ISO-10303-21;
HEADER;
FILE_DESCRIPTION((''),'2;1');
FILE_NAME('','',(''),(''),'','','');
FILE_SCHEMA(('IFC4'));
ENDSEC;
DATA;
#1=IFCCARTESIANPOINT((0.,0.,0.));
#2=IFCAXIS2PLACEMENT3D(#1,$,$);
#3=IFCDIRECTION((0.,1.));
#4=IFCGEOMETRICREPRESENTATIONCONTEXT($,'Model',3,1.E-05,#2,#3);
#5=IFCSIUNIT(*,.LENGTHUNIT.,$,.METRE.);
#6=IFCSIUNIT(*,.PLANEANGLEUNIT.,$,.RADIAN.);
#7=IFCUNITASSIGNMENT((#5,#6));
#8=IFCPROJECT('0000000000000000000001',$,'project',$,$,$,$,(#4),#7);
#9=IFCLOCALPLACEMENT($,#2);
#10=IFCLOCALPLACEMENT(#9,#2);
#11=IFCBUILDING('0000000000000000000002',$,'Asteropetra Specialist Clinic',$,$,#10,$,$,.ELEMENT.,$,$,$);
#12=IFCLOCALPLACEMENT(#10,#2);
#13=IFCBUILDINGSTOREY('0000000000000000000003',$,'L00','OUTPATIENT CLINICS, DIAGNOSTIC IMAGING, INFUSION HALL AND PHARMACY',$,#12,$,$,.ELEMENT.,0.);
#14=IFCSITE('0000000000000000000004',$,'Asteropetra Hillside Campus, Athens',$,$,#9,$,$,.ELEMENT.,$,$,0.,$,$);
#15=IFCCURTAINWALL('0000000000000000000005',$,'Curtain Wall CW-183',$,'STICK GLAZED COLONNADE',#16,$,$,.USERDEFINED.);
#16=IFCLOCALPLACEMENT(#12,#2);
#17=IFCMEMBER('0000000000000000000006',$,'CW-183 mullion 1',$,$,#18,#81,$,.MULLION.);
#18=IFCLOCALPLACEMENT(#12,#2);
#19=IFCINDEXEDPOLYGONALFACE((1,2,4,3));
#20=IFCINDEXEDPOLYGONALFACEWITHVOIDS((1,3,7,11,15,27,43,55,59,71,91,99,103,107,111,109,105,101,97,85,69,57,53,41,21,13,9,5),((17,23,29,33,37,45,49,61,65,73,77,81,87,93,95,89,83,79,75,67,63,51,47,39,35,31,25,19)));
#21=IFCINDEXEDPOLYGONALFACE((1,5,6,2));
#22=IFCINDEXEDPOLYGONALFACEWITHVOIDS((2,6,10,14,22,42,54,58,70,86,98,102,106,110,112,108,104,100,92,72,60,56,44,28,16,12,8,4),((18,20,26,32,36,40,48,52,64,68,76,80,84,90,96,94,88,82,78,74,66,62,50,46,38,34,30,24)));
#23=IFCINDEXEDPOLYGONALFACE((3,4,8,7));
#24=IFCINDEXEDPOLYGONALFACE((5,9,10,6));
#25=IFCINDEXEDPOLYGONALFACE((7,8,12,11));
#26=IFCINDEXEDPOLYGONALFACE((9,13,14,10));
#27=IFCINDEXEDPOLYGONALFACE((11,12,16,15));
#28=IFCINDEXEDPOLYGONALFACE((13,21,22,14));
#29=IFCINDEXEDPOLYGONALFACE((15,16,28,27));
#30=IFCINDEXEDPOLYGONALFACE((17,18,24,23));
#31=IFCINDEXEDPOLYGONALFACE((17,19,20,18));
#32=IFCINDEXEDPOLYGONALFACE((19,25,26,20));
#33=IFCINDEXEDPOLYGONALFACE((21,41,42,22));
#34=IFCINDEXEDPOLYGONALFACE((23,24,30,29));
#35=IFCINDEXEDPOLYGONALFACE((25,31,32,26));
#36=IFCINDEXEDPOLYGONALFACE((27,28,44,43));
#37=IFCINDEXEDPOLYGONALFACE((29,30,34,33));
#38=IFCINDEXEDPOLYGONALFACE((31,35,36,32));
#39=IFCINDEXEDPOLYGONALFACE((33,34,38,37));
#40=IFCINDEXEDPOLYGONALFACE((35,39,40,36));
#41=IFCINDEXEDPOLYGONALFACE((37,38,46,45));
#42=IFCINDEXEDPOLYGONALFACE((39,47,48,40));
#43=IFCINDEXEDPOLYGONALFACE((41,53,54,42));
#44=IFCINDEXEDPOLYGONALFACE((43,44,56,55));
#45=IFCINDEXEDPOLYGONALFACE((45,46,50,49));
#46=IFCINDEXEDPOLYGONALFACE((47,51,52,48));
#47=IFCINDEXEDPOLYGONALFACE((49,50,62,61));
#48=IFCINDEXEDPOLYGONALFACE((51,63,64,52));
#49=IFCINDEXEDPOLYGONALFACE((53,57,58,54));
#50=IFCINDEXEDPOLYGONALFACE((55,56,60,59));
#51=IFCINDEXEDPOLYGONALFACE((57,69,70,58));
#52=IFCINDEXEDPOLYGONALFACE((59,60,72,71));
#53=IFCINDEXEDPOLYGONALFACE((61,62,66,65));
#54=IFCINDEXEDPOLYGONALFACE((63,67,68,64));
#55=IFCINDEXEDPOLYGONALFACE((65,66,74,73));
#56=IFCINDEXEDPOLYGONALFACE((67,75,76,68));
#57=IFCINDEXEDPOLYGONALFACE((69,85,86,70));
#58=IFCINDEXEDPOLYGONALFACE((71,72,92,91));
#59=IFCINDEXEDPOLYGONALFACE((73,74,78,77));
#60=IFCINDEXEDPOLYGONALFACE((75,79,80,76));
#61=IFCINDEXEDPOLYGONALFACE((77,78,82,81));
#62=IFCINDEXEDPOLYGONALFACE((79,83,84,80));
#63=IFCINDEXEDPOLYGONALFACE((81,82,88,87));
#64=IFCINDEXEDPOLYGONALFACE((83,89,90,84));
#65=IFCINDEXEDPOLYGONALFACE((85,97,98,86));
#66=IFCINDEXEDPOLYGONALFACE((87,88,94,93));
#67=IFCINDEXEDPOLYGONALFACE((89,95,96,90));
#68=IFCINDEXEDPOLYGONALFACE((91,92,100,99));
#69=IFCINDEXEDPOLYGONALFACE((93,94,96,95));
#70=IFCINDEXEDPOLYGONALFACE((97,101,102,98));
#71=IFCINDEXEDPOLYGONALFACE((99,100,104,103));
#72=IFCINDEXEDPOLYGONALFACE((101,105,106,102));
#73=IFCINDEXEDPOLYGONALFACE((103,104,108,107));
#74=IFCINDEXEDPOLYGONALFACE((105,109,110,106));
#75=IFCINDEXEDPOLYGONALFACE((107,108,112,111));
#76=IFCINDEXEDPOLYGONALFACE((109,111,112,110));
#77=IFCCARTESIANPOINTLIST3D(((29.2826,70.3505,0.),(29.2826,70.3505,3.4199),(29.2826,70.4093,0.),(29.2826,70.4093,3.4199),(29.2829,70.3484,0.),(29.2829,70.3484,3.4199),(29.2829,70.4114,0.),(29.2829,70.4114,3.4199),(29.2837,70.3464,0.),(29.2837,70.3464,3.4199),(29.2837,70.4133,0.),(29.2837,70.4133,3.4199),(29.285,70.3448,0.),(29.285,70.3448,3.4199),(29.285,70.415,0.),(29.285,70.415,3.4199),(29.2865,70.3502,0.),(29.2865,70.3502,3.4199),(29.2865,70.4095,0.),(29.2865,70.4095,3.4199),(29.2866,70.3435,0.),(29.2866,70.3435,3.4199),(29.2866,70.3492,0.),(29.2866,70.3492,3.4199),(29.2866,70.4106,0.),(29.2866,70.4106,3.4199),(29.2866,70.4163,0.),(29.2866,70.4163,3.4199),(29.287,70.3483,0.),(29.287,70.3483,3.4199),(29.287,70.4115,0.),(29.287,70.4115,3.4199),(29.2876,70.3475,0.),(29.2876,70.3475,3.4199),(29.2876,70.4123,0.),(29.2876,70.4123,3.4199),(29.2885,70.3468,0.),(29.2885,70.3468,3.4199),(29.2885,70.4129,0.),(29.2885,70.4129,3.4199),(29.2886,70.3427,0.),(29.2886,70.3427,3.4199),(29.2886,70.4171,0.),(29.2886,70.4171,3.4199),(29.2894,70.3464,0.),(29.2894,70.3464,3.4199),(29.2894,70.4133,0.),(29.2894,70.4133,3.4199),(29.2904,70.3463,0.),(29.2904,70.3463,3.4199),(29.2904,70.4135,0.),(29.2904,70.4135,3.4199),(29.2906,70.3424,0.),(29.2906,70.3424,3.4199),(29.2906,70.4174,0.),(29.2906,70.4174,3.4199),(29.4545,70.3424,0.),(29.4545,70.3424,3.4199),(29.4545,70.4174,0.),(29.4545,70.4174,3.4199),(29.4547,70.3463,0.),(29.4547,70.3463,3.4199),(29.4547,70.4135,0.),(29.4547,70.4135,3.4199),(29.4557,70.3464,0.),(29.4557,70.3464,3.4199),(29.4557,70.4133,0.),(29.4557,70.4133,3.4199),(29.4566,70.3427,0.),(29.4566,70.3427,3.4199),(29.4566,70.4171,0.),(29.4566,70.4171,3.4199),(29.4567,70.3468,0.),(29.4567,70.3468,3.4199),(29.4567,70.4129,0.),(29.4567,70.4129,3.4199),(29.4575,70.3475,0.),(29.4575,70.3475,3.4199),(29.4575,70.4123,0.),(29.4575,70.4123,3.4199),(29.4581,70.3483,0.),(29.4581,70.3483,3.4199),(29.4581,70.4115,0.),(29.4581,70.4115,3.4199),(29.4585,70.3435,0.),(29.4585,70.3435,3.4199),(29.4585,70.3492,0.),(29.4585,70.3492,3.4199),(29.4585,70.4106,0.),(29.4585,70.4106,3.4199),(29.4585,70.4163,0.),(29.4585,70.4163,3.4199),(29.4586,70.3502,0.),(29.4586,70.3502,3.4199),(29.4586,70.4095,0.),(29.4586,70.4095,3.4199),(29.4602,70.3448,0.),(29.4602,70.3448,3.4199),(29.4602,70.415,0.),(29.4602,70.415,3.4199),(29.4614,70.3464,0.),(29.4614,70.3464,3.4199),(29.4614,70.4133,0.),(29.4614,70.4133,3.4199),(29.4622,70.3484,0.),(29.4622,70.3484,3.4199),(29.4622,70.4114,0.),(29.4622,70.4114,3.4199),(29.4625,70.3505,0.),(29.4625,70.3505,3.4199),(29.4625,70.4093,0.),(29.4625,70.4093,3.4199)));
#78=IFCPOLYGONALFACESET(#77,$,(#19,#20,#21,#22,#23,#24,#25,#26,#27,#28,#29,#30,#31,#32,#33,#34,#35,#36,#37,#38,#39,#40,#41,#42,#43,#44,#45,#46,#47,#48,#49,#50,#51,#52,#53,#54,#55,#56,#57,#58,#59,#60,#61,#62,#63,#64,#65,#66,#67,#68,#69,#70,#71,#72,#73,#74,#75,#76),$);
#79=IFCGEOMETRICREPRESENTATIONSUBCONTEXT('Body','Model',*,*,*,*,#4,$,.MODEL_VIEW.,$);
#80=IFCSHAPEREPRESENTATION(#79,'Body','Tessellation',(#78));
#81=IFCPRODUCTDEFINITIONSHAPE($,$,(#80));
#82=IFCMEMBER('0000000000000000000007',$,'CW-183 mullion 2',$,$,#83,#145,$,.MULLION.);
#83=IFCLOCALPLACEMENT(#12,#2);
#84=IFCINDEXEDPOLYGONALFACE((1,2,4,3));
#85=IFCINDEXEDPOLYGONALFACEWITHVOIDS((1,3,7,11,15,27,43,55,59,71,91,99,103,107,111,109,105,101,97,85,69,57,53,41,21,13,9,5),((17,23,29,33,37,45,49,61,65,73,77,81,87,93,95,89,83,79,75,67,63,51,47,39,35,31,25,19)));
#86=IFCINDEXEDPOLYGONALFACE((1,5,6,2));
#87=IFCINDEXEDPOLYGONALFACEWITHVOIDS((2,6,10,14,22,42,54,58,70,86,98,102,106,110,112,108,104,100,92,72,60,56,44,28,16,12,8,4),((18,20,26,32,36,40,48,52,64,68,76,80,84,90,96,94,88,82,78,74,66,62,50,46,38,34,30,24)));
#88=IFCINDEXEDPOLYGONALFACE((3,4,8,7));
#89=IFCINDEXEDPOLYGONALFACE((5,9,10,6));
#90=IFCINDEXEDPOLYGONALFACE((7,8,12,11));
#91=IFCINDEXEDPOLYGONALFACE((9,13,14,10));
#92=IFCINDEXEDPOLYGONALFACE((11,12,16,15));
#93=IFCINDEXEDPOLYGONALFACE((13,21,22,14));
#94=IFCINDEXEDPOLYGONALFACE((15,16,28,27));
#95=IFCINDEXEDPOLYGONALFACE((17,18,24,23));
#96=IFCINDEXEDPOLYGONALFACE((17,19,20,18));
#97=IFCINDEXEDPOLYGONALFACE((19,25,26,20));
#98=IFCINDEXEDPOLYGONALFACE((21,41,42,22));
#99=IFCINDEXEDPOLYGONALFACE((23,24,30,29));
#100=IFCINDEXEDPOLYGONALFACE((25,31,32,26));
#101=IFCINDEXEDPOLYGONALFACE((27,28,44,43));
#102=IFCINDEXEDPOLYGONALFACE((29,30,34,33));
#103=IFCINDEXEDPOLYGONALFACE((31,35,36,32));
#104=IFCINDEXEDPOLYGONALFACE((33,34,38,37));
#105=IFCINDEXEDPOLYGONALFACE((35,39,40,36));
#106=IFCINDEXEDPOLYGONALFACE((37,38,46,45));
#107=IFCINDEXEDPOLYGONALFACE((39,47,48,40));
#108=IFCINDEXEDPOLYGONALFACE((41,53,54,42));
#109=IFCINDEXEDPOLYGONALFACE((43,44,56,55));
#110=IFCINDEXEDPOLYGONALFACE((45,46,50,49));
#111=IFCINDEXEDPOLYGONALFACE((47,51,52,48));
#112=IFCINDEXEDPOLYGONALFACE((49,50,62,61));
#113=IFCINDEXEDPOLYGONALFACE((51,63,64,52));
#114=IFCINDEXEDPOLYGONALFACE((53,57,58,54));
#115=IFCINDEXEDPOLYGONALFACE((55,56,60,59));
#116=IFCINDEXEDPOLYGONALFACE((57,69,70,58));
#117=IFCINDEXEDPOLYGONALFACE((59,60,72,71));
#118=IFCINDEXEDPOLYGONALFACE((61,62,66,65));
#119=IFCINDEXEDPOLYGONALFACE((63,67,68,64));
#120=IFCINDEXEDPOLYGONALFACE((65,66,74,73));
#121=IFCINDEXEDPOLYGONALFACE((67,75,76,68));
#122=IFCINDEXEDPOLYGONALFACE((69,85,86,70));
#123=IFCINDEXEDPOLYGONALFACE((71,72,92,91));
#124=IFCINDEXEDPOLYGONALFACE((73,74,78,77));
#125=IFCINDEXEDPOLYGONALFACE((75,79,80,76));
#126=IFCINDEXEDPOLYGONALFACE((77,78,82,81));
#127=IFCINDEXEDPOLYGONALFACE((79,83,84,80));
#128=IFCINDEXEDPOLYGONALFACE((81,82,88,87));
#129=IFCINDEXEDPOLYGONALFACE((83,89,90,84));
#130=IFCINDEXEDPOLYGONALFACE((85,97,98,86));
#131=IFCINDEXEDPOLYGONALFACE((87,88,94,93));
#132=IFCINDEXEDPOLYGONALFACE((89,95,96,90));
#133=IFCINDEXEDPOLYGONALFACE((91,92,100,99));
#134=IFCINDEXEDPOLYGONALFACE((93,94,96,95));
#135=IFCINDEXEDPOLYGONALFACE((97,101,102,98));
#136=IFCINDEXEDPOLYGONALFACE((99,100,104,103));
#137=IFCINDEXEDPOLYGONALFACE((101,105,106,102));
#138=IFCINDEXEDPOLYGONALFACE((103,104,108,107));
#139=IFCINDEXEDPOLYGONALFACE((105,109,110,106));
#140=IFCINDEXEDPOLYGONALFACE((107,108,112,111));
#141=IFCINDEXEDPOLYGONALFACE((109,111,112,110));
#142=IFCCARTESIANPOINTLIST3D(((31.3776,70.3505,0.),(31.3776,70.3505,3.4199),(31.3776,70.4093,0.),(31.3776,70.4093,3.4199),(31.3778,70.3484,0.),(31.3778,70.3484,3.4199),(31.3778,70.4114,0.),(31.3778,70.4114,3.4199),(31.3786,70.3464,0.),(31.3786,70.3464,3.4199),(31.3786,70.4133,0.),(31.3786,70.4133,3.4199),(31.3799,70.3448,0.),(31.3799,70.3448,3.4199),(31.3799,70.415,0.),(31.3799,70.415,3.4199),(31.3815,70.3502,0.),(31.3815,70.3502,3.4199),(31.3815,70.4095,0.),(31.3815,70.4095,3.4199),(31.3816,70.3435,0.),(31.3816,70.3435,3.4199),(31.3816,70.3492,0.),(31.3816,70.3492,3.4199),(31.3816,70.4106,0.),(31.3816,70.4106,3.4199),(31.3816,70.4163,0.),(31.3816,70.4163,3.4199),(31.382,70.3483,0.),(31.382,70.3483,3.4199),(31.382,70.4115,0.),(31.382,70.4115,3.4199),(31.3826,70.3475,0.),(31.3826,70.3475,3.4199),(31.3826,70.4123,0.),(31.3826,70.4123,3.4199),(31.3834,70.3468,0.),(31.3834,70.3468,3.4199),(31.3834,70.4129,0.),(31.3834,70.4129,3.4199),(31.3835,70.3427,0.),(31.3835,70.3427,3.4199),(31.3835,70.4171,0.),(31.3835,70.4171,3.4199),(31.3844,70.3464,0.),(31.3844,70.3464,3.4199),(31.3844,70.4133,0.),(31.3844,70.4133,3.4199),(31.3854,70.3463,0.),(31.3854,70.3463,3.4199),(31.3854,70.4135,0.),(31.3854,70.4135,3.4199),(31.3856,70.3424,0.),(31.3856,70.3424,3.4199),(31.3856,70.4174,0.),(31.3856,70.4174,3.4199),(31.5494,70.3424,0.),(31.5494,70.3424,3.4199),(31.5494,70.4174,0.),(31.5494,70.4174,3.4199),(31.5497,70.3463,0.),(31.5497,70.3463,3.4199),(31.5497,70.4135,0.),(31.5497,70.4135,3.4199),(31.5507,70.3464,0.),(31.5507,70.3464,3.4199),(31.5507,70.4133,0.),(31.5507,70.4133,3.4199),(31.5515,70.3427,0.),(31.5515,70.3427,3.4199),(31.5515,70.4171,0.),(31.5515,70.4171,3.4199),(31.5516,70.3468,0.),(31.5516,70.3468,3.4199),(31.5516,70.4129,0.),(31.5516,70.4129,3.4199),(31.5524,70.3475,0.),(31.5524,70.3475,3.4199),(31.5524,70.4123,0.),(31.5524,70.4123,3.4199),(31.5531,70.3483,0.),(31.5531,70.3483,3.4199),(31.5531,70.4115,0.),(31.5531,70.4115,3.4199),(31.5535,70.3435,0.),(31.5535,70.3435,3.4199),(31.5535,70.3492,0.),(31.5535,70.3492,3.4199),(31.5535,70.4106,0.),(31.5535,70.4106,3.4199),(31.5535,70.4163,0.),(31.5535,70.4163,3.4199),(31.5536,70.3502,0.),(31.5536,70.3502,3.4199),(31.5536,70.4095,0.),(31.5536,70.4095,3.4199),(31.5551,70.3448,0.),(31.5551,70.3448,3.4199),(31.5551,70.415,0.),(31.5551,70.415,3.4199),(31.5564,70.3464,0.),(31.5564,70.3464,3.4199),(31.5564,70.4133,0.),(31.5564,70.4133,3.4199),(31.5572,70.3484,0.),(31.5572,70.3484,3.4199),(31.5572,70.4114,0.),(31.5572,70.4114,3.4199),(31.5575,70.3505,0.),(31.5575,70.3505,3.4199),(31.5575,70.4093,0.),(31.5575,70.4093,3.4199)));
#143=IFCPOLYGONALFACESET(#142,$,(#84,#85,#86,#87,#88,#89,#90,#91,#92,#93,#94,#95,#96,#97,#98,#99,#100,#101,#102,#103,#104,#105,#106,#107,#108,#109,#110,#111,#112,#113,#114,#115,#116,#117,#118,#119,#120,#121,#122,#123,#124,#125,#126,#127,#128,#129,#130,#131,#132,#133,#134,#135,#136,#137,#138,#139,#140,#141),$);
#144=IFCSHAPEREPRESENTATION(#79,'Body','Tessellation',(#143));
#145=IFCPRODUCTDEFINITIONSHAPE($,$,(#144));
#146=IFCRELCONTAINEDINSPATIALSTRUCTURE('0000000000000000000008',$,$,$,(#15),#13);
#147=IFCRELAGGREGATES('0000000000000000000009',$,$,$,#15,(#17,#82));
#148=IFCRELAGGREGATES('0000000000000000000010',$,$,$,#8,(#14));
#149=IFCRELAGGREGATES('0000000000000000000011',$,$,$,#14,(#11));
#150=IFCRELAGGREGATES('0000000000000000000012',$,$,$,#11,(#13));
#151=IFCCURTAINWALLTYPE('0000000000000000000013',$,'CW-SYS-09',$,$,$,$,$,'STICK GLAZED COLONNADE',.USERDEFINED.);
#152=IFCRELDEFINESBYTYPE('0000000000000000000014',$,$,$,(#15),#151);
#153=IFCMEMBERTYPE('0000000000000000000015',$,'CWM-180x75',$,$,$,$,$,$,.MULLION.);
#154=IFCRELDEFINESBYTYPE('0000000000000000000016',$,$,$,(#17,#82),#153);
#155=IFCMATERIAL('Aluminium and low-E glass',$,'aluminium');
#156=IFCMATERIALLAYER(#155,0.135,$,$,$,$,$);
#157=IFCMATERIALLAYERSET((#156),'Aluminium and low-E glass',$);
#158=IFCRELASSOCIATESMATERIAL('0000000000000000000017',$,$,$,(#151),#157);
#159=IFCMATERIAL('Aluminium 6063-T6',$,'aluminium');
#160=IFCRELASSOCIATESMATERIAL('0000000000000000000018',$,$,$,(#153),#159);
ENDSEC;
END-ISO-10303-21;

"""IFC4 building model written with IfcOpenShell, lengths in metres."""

from ifc_helpers import new_model, si_unit, direction, frame, origin, origin_2d, place, context, subcontext, project, spatial, hollow_rectangle, extrude, material, layer, layer_set, material_profile, profile_set, type_object, element, aggregate, save


model = new_model("IFC4")

# Units and contexts
model_context = context("Model", 3, precision=1e-05, world=origin(), true_north=direction((0.0, 1.0)))
body_context = subcontext(model_context, "Body", "Model", "MODEL_VIEW")
ifc_project = project(units=[si_unit("LENGTHUNIT", "METRE"), si_unit("PLANEANGLEUNIT", "RADIAN")], contexts=[model_context])

# Site, building, storey
site_placement = place(None, origin())
site = spatial("IfcSite", under=ifc_project, at=site_placement, Name="Asteropetra Hillside Campus, Athens", CompositionType="ELEMENT", RefElevation=0.0)
building_placement = place(site_placement, origin())
building = spatial("IfcBuilding", under=site, at=building_placement, Name="Asteropetra Specialist Clinic", CompositionType="ELEMENT")
storey_placement = place(building_placement, origin())
storey = spatial("IfcBuildingStorey", under=building, at=storey_placement, Name="L00", Description="OUTPATIENT CLINICS, DIAGNOSTIC IMAGING, INFUSION HALL AND PHARMACY", CompositionType="ELEMENT", Elevation=0.0)

# Curtain wall, members
ifc_material_1 = material(Name="Aluminium and low-E glass", Category="aluminium")
ifc_layer_1 = layer(ifc_material_1, 0.135)
ifc_layer_set_1 = layer_set([ifc_layer_1], Name="Aluminium and low-E glass")
curtain_wall_type = type_object("IfcCurtainWallType", Name="CW-SYS-09", ElementType="STICK GLAZED COLONNADE", PredefinedType="USERDEFINED", material=ifc_layer_set_1)
curtain_wall_placement = place(storey_placement, origin())
curtain_wall = element("IfcCurtainWall", 1, at=curtain_wall_placement, inside=storey, type_object=curtain_wall_type, Name="Curtain Wall CW-183", ObjectType="STICK GLAZED COLONNADE", PredefinedType="USERDEFINED")
ifc_material_2 = material(Name="Aluminium 6063-T6", Category="aluminium")
ifc_material_profile_1 = material_profile(ifc_material_2, hollow_rectangle(XDim=0.075, YDim=0.1799, WallThickness=0.0039, InnerFilletRadius=0.0039, OuterFilletRadius=0.0081, at=origin_2d()), Name="MUL 180x75x4.0")
ifc_profile_set_1 = profile_set([ifc_material_profile_1], Name="Aluminium 6063-T6")
member_type_1 = type_object("IfcMemberType", Name="CWM-180x75", PredefinedType="MULLION", material=ifc_profile_set_1)
member_1_placement = place(storey_placement, frame((29.3726, 70.3799, 0.0), z_axis=(0.0, 0.0, 1.0), x_axis=(0.0, 1.0, 0.0)))
member_1 = element("IfcMember", 2, at=member_1_placement, type_object=member_type_1, Name="CW-183 mullion 1", PredefinedType="MULLION", context=body_context, shape_type="SweptSolid", body=[
    extrude(hollow_rectangle(XDim=0.075, YDim=0.1799, WallThickness=0.0039, InnerFilletRadius=0.0039, OuterFilletRadius=0.0081, at=origin_2d()), origin(), (0.0, 0.0, 1.0), 3.4199),
])
member_2_placement = place(storey_placement, frame((31.4675, 70.3799, 0.0), z_axis=(0.0, 0.0, 1.0), x_axis=(0.0, 1.0, 0.0)))
member_2 = element("IfcMember", 3, at=member_2_placement, type_object=member_type_1, Name="CW-183 mullion 2", PredefinedType="MULLION", context=body_context, shape_type="SweptSolid", body=[
    extrude(hollow_rectangle(XDim=0.075, YDim=0.1799, WallThickness=0.0039, InnerFilletRadius=0.0039, OuterFilletRadius=0.0081, at=origin_2d()), origin(), (0.0, 0.0, 1.0), 3.4199),
])
aggregate(curtain_wall, [member_1, member_2])

save(model, "model.ifc")
